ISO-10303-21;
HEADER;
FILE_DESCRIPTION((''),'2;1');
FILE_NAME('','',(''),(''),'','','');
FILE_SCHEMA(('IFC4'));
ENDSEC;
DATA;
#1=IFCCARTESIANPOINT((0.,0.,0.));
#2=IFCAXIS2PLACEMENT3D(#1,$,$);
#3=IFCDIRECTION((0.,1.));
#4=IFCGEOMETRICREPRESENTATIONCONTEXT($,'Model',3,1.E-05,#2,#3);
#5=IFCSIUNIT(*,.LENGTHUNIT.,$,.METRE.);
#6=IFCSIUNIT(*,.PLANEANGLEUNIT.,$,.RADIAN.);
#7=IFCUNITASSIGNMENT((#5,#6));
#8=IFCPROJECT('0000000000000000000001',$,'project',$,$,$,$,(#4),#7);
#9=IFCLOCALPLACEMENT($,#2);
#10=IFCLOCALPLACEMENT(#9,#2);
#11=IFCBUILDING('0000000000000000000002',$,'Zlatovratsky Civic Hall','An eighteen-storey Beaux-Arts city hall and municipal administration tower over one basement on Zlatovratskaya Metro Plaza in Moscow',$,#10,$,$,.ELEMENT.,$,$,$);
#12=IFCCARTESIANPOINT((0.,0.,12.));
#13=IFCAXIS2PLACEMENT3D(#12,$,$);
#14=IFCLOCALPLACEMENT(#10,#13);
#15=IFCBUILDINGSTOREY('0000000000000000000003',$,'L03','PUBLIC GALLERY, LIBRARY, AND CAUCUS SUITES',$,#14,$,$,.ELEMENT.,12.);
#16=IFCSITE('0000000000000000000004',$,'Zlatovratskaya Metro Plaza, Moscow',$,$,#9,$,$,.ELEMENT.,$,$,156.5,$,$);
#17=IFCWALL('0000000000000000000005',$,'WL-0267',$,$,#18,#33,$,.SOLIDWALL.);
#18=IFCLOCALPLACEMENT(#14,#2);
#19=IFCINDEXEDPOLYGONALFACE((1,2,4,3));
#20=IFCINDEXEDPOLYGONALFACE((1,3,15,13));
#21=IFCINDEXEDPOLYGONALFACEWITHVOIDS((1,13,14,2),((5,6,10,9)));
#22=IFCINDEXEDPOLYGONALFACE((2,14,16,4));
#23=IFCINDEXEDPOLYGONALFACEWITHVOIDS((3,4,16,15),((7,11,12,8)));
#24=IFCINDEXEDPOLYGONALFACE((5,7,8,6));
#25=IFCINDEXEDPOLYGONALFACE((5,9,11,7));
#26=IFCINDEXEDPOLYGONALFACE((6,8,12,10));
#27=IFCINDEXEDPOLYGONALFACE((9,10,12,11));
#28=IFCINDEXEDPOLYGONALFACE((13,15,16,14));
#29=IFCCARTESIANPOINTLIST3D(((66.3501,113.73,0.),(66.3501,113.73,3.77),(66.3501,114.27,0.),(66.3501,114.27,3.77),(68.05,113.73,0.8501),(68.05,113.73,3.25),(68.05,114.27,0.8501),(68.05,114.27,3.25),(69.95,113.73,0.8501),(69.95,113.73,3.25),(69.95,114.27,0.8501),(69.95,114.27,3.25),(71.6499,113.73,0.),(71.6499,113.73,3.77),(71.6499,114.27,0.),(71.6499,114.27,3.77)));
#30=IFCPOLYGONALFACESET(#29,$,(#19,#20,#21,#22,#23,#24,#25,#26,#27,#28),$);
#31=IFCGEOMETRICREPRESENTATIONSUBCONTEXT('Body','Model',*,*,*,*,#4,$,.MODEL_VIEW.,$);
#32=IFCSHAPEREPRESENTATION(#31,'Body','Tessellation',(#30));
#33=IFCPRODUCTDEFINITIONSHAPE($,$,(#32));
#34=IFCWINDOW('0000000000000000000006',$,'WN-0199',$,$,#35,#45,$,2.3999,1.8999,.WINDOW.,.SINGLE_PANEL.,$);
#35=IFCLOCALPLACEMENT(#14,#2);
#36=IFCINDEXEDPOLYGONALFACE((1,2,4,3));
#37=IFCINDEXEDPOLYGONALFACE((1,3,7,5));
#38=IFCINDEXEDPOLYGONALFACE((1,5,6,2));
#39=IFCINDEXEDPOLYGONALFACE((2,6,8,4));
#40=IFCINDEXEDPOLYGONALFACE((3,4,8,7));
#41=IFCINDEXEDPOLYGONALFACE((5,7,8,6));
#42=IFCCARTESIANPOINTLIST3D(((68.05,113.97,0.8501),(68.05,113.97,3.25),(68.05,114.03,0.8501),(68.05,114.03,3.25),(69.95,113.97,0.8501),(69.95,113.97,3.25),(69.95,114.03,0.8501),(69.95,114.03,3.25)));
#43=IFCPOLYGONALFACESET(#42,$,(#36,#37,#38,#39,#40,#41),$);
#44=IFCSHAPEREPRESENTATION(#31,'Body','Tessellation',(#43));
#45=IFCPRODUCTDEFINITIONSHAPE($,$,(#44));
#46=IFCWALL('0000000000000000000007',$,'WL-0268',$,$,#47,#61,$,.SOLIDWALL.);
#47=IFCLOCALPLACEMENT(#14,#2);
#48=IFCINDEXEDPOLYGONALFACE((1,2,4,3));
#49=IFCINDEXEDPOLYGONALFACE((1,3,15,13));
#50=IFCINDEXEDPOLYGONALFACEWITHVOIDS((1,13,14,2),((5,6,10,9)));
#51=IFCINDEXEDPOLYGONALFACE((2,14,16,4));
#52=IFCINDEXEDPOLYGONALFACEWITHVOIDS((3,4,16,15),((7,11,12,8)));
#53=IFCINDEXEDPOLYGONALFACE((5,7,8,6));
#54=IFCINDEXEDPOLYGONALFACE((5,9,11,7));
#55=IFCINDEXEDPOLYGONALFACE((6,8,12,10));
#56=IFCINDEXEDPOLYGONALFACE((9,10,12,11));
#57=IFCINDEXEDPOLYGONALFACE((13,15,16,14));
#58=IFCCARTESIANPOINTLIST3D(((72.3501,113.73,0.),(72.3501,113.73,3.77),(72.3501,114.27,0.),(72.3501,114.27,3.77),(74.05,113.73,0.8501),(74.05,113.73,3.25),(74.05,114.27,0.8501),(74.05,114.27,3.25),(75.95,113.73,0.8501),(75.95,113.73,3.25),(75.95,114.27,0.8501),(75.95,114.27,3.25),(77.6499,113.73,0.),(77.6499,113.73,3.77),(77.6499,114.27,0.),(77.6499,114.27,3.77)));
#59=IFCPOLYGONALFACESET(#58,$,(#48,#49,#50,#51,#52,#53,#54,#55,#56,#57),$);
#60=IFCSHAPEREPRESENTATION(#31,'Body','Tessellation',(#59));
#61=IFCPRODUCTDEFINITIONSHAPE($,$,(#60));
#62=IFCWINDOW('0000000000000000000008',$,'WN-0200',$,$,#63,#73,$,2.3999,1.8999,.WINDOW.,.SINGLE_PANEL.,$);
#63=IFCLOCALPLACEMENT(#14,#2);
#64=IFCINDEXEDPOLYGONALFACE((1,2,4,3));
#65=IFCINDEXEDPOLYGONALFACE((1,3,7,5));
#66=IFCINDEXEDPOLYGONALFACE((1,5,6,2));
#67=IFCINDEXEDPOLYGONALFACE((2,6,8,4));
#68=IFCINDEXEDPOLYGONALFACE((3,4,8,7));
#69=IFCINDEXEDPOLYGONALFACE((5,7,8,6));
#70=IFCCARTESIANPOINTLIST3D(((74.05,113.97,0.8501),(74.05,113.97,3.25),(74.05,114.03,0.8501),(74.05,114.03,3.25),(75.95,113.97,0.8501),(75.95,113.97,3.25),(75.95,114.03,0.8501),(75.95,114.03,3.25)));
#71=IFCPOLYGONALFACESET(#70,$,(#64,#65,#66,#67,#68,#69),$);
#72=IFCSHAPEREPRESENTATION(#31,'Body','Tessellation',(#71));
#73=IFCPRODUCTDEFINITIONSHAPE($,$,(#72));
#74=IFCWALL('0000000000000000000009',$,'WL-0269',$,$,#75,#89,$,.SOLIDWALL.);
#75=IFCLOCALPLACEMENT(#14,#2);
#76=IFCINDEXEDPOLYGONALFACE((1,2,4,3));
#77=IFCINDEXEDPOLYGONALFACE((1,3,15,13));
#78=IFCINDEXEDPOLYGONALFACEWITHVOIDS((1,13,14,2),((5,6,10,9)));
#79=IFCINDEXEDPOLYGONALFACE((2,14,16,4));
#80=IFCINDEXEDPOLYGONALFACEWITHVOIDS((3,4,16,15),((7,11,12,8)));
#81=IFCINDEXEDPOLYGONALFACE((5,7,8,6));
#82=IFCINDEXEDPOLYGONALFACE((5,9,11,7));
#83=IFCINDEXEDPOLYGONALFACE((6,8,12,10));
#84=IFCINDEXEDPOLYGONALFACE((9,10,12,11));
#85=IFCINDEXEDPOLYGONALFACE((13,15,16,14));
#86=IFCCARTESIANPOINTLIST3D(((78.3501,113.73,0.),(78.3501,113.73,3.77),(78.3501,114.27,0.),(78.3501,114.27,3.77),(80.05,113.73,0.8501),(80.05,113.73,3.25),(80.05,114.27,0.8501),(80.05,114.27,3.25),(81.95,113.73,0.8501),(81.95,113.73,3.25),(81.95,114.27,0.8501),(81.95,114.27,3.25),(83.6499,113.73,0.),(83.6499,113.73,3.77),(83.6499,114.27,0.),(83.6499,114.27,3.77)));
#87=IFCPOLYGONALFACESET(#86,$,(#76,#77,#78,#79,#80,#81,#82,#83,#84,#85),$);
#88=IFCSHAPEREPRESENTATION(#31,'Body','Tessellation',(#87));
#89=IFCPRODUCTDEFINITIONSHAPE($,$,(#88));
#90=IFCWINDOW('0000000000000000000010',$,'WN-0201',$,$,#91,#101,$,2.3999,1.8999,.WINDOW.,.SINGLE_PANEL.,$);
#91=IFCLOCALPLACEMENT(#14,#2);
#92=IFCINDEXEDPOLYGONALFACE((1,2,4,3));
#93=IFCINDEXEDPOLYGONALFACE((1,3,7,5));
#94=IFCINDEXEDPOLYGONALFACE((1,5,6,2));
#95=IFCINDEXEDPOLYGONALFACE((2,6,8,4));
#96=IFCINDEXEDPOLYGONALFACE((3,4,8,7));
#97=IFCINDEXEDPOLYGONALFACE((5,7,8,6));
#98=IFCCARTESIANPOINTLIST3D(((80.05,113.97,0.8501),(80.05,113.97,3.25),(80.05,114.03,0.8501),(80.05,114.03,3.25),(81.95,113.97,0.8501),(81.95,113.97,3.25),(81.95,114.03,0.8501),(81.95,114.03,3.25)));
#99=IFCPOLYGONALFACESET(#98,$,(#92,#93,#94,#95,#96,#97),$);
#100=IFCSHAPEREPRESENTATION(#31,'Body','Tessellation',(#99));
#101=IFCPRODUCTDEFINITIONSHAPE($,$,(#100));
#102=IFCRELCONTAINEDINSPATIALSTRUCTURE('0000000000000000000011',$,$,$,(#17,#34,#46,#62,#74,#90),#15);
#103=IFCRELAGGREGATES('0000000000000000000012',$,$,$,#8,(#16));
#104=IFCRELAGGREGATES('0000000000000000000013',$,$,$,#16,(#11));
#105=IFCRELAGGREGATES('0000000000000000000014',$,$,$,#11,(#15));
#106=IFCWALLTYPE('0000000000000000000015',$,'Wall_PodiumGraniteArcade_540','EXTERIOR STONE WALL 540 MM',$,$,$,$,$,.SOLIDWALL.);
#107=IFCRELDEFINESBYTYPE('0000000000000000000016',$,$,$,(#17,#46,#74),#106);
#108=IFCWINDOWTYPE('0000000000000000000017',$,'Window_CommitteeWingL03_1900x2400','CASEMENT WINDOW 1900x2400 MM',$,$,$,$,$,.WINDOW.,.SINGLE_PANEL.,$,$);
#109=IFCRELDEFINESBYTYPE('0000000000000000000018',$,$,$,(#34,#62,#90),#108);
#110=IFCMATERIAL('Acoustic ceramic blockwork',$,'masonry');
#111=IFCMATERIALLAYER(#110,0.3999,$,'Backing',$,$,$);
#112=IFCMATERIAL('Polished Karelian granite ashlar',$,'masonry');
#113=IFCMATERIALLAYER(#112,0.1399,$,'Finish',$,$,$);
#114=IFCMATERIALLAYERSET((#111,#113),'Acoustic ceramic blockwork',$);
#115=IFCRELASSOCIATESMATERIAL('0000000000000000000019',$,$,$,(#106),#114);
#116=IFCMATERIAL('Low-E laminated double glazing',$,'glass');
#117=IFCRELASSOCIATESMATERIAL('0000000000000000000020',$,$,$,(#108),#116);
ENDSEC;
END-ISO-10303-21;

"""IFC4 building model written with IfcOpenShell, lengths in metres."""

from ifc_helpers import new_model, si_unit, direction, frame, frame_2d, origin, place, context, subcontext, project, spatial, rectangle, extrude, material, layer, layer_set, type_object, element, fill, save


model = new_model("IFC4")

# Units and contexts
model_context = context("Model", 3, precision=1e-05, world=origin(), true_north=direction((0.0, 1.0)))
body_context = subcontext(model_context, "Body", "Model", "MODEL_VIEW")
ifc_project = project(units=[si_unit("LENGTHUNIT", "METRE"), si_unit("PLANEANGLEUNIT", "RADIAN")], contexts=[model_context])

# Site, building, storey
site_placement = place(None, origin())
site = spatial("IfcSite", under=ifc_project, at=site_placement, Name="Zlatovratskaya Metro Plaza, Moscow", CompositionType="ELEMENT", RefElevation=156.5)
building_placement = place(site_placement, origin())
building = spatial("IfcBuilding", under=site, at=building_placement, Name="Zlatovratsky Civic Hall", Description="An eighteen-storey Beaux-Arts city hall and municipal administration tower over one basement on Zlatovratskaya Metro Plaza in Moscow", CompositionType="ELEMENT")
storey_placement = place(building_placement, frame((0.0, 0.0, 12.0)))
storey = spatial("IfcBuildingStorey", under=building, at=storey_placement, Name="L03", Description="PUBLIC GALLERY, LIBRARY, AND CAUCUS SUITES", CompositionType="ELEMENT", Elevation=12.0)

# Walls, openings, windows
ifc_material_1 = material(Name="Acoustic ceramic blockwork", Category="masonry")
ifc_layer_1 = layer(ifc_material_1, 0.3999, Name="Backing")
ifc_material_2 = material(Name="Polished Karelian granite ashlar", Category="masonry")
ifc_layer_2 = layer(ifc_material_2, 0.1399, Name="Finish")
ifc_layer_set = layer_set([ifc_layer_1, ifc_layer_2], Name="Acoustic ceramic blockwork")
wall_type = type_object("IfcWallType", Name="Wall_PodiumGraniteArcade_540", Description="EXTERIOR STONE WALL 540 MM", PredefinedType="SOLIDWALL", material=ifc_layer_set)
wall_1_placement = place(storey_placement, frame((66.3501, 114.0, 0.0), z_axis=(0.0, 0.0, 1.0), x_axis=(1.0, 0.0, 0.0)))
wall_1 = element("IfcWall", 1, at=wall_1_placement, inside=storey, type_object=wall_type, Name="WL-0267", PredefinedType="SOLIDWALL", context=body_context, shape_type="SweptSolid", body=[
    extrude(rectangle(XDim=5.2998, YDim=0.54, at=frame_2d((2.6499, 0.0))), origin(), (0.0, 0.0, 1.0), 3.77),
])
opening_1_placement = place(wall_1_placement, frame((1.7, 0.0, 0.8501)))
opening_1 = element("IfcOpeningElement", 2, at=opening_1_placement, cuts=wall_1, PredefinedType="OPENING", context=body_context, shape_type="SweptSolid", body=[
    extrude(rectangle(XDim=1.8999, YDim=2.3999, at=frame_2d((0.95, 1.2))), frame((0.0, 0.2849, 0.0), z_axis=(0.0, -1.0, 0.0), x_axis=(1.0, 0.0, 0.0)), (0.0, 0.0, 1.0), 0.5698),
])
ifc_material_3 = material(Name="Low-E laminated double glazing", Category="glass")
window_type = type_object("IfcWindowType", Name="Window_CommitteeWingL03_1900x2400", Description="CASEMENT WINDOW 1900x2400 MM", PartitioningType="SINGLE_PANEL", PredefinedType="WINDOW", material=ifc_material_3)
window_1_placement = place(opening_1_placement, origin())
window_1 = element("IfcWindow", 3, at=window_1_placement, inside=storey, type_object=window_type, Name="WN-0199", OverallHeight=2.3999, OverallWidth=1.8999, PartitioningType="SINGLE_PANEL", PredefinedType="WINDOW", context=body_context, shape_type="SweptSolid", body=[
    extrude(rectangle(XDim=1.8999, YDim=2.3999, at=frame_2d((0.95, 1.2))), frame((0.0, 0.03, 0.0), z_axis=(0.0, -1.0, 0.0), x_axis=(1.0, 0.0, 0.0)), (0.0, 0.0, 1.0), 0.0601),
])
fill(opening_1, window_1)
wall_2_placement = place(storey_placement, frame((72.3501, 114.0, 0.0), z_axis=(0.0, 0.0, 1.0), x_axis=(1.0, 0.0, 0.0)))
wall_2 = element("IfcWall", 4, at=wall_2_placement, inside=storey, type_object=wall_type, Name="WL-0268", PredefinedType="SOLIDWALL", context=body_context, shape_type="SweptSolid", body=[
    extrude(rectangle(XDim=5.2998, YDim=0.54, at=frame_2d((2.6499, 0.0))), origin(), (0.0, 0.0, 1.0), 3.77),
])
opening_2_placement = place(wall_2_placement, frame((1.7, 0.0, 0.8501)))
opening_2 = element("IfcOpeningElement", 5, at=opening_2_placement, cuts=wall_2, PredefinedType="OPENING", context=body_context, shape_type="SweptSolid", body=[
    extrude(rectangle(XDim=1.8999, YDim=2.3999, at=frame_2d((0.95, 1.2))), frame((0.0, 0.2849, 0.0), z_axis=(0.0, -1.0, 0.0), x_axis=(1.0, 0.0, 0.0)), (0.0, 0.0, 1.0), 0.5698),
])
window_2_placement = place(opening_2_placement, origin())
window_2 = element("IfcWindow", 6, at=window_2_placement, inside=storey, type_object=window_type, Name="WN-0200", OverallHeight=2.3999, OverallWidth=1.8999, PartitioningType="SINGLE_PANEL", PredefinedType="WINDOW", context=body_context, shape_type="SweptSolid", body=[
    extrude(rectangle(XDim=1.8999, YDim=2.3999, at=frame_2d((0.95, 1.2))), frame((0.0, 0.03, 0.0), z_axis=(0.0, -1.0, 0.0), x_axis=(1.0, 0.0, 0.0)), (0.0, 0.0, 1.0), 0.0601),
])
fill(opening_2, window_2)
wall_3_placement = place(storey_placement, frame((78.3501, 114.0, 0.0), z_axis=(0.0, 0.0, 1.0), x_axis=(1.0, 0.0, 0.0)))
wall_3 = element("IfcWall", 7, at=wall_3_placement, inside=storey, type_object=wall_type, Name="WL-0269", PredefinedType="SOLIDWALL", context=body_context, shape_type="SweptSolid", body=[
    extrude(rectangle(XDim=5.2998, YDim=0.54, at=frame_2d((2.6499, 0.0))), origin(), (0.0, 0.0, 1.0), 3.77),
])
opening_3_placement = place(wall_3_placement, frame((1.7, 0.0, 0.8501)))
opening_3 = element("IfcOpeningElement", 8, at=opening_3_placement, cuts=wall_3, PredefinedType="OPENING", context=body_context, shape_type="SweptSolid", body=[
    extrude(rectangle(XDim=1.8999, YDim=2.3999, at=frame_2d((0.95, 1.2))), frame((0.0, 0.2849, 0.0), z_axis=(0.0, -1.0, 0.0), x_axis=(1.0, 0.0, 0.0)), (0.0, 0.0, 1.0), 0.5698),
])
window_3_placement = place(opening_3_placement, origin())
window_3 = element("IfcWindow", 9, at=window_3_placement, inside=storey, type_object=window_type, Name="WN-0201", OverallHeight=2.3999, OverallWidth=1.8999, PartitioningType="SINGLE_PANEL", PredefinedType="WINDOW", context=body_context, shape_type="SweptSolid", body=[
    extrude(rectangle(XDim=1.8999, YDim=2.3999, at=frame_2d((0.95, 1.2))), frame((0.0, 0.03, 0.0), z_axis=(0.0, -1.0, 0.0), x_axis=(1.0, 0.0, 0.0)), (0.0, 0.0, 1.0), 0.0601),
])
fill(opening_3, window_3)

save(model, "model.ifc")
